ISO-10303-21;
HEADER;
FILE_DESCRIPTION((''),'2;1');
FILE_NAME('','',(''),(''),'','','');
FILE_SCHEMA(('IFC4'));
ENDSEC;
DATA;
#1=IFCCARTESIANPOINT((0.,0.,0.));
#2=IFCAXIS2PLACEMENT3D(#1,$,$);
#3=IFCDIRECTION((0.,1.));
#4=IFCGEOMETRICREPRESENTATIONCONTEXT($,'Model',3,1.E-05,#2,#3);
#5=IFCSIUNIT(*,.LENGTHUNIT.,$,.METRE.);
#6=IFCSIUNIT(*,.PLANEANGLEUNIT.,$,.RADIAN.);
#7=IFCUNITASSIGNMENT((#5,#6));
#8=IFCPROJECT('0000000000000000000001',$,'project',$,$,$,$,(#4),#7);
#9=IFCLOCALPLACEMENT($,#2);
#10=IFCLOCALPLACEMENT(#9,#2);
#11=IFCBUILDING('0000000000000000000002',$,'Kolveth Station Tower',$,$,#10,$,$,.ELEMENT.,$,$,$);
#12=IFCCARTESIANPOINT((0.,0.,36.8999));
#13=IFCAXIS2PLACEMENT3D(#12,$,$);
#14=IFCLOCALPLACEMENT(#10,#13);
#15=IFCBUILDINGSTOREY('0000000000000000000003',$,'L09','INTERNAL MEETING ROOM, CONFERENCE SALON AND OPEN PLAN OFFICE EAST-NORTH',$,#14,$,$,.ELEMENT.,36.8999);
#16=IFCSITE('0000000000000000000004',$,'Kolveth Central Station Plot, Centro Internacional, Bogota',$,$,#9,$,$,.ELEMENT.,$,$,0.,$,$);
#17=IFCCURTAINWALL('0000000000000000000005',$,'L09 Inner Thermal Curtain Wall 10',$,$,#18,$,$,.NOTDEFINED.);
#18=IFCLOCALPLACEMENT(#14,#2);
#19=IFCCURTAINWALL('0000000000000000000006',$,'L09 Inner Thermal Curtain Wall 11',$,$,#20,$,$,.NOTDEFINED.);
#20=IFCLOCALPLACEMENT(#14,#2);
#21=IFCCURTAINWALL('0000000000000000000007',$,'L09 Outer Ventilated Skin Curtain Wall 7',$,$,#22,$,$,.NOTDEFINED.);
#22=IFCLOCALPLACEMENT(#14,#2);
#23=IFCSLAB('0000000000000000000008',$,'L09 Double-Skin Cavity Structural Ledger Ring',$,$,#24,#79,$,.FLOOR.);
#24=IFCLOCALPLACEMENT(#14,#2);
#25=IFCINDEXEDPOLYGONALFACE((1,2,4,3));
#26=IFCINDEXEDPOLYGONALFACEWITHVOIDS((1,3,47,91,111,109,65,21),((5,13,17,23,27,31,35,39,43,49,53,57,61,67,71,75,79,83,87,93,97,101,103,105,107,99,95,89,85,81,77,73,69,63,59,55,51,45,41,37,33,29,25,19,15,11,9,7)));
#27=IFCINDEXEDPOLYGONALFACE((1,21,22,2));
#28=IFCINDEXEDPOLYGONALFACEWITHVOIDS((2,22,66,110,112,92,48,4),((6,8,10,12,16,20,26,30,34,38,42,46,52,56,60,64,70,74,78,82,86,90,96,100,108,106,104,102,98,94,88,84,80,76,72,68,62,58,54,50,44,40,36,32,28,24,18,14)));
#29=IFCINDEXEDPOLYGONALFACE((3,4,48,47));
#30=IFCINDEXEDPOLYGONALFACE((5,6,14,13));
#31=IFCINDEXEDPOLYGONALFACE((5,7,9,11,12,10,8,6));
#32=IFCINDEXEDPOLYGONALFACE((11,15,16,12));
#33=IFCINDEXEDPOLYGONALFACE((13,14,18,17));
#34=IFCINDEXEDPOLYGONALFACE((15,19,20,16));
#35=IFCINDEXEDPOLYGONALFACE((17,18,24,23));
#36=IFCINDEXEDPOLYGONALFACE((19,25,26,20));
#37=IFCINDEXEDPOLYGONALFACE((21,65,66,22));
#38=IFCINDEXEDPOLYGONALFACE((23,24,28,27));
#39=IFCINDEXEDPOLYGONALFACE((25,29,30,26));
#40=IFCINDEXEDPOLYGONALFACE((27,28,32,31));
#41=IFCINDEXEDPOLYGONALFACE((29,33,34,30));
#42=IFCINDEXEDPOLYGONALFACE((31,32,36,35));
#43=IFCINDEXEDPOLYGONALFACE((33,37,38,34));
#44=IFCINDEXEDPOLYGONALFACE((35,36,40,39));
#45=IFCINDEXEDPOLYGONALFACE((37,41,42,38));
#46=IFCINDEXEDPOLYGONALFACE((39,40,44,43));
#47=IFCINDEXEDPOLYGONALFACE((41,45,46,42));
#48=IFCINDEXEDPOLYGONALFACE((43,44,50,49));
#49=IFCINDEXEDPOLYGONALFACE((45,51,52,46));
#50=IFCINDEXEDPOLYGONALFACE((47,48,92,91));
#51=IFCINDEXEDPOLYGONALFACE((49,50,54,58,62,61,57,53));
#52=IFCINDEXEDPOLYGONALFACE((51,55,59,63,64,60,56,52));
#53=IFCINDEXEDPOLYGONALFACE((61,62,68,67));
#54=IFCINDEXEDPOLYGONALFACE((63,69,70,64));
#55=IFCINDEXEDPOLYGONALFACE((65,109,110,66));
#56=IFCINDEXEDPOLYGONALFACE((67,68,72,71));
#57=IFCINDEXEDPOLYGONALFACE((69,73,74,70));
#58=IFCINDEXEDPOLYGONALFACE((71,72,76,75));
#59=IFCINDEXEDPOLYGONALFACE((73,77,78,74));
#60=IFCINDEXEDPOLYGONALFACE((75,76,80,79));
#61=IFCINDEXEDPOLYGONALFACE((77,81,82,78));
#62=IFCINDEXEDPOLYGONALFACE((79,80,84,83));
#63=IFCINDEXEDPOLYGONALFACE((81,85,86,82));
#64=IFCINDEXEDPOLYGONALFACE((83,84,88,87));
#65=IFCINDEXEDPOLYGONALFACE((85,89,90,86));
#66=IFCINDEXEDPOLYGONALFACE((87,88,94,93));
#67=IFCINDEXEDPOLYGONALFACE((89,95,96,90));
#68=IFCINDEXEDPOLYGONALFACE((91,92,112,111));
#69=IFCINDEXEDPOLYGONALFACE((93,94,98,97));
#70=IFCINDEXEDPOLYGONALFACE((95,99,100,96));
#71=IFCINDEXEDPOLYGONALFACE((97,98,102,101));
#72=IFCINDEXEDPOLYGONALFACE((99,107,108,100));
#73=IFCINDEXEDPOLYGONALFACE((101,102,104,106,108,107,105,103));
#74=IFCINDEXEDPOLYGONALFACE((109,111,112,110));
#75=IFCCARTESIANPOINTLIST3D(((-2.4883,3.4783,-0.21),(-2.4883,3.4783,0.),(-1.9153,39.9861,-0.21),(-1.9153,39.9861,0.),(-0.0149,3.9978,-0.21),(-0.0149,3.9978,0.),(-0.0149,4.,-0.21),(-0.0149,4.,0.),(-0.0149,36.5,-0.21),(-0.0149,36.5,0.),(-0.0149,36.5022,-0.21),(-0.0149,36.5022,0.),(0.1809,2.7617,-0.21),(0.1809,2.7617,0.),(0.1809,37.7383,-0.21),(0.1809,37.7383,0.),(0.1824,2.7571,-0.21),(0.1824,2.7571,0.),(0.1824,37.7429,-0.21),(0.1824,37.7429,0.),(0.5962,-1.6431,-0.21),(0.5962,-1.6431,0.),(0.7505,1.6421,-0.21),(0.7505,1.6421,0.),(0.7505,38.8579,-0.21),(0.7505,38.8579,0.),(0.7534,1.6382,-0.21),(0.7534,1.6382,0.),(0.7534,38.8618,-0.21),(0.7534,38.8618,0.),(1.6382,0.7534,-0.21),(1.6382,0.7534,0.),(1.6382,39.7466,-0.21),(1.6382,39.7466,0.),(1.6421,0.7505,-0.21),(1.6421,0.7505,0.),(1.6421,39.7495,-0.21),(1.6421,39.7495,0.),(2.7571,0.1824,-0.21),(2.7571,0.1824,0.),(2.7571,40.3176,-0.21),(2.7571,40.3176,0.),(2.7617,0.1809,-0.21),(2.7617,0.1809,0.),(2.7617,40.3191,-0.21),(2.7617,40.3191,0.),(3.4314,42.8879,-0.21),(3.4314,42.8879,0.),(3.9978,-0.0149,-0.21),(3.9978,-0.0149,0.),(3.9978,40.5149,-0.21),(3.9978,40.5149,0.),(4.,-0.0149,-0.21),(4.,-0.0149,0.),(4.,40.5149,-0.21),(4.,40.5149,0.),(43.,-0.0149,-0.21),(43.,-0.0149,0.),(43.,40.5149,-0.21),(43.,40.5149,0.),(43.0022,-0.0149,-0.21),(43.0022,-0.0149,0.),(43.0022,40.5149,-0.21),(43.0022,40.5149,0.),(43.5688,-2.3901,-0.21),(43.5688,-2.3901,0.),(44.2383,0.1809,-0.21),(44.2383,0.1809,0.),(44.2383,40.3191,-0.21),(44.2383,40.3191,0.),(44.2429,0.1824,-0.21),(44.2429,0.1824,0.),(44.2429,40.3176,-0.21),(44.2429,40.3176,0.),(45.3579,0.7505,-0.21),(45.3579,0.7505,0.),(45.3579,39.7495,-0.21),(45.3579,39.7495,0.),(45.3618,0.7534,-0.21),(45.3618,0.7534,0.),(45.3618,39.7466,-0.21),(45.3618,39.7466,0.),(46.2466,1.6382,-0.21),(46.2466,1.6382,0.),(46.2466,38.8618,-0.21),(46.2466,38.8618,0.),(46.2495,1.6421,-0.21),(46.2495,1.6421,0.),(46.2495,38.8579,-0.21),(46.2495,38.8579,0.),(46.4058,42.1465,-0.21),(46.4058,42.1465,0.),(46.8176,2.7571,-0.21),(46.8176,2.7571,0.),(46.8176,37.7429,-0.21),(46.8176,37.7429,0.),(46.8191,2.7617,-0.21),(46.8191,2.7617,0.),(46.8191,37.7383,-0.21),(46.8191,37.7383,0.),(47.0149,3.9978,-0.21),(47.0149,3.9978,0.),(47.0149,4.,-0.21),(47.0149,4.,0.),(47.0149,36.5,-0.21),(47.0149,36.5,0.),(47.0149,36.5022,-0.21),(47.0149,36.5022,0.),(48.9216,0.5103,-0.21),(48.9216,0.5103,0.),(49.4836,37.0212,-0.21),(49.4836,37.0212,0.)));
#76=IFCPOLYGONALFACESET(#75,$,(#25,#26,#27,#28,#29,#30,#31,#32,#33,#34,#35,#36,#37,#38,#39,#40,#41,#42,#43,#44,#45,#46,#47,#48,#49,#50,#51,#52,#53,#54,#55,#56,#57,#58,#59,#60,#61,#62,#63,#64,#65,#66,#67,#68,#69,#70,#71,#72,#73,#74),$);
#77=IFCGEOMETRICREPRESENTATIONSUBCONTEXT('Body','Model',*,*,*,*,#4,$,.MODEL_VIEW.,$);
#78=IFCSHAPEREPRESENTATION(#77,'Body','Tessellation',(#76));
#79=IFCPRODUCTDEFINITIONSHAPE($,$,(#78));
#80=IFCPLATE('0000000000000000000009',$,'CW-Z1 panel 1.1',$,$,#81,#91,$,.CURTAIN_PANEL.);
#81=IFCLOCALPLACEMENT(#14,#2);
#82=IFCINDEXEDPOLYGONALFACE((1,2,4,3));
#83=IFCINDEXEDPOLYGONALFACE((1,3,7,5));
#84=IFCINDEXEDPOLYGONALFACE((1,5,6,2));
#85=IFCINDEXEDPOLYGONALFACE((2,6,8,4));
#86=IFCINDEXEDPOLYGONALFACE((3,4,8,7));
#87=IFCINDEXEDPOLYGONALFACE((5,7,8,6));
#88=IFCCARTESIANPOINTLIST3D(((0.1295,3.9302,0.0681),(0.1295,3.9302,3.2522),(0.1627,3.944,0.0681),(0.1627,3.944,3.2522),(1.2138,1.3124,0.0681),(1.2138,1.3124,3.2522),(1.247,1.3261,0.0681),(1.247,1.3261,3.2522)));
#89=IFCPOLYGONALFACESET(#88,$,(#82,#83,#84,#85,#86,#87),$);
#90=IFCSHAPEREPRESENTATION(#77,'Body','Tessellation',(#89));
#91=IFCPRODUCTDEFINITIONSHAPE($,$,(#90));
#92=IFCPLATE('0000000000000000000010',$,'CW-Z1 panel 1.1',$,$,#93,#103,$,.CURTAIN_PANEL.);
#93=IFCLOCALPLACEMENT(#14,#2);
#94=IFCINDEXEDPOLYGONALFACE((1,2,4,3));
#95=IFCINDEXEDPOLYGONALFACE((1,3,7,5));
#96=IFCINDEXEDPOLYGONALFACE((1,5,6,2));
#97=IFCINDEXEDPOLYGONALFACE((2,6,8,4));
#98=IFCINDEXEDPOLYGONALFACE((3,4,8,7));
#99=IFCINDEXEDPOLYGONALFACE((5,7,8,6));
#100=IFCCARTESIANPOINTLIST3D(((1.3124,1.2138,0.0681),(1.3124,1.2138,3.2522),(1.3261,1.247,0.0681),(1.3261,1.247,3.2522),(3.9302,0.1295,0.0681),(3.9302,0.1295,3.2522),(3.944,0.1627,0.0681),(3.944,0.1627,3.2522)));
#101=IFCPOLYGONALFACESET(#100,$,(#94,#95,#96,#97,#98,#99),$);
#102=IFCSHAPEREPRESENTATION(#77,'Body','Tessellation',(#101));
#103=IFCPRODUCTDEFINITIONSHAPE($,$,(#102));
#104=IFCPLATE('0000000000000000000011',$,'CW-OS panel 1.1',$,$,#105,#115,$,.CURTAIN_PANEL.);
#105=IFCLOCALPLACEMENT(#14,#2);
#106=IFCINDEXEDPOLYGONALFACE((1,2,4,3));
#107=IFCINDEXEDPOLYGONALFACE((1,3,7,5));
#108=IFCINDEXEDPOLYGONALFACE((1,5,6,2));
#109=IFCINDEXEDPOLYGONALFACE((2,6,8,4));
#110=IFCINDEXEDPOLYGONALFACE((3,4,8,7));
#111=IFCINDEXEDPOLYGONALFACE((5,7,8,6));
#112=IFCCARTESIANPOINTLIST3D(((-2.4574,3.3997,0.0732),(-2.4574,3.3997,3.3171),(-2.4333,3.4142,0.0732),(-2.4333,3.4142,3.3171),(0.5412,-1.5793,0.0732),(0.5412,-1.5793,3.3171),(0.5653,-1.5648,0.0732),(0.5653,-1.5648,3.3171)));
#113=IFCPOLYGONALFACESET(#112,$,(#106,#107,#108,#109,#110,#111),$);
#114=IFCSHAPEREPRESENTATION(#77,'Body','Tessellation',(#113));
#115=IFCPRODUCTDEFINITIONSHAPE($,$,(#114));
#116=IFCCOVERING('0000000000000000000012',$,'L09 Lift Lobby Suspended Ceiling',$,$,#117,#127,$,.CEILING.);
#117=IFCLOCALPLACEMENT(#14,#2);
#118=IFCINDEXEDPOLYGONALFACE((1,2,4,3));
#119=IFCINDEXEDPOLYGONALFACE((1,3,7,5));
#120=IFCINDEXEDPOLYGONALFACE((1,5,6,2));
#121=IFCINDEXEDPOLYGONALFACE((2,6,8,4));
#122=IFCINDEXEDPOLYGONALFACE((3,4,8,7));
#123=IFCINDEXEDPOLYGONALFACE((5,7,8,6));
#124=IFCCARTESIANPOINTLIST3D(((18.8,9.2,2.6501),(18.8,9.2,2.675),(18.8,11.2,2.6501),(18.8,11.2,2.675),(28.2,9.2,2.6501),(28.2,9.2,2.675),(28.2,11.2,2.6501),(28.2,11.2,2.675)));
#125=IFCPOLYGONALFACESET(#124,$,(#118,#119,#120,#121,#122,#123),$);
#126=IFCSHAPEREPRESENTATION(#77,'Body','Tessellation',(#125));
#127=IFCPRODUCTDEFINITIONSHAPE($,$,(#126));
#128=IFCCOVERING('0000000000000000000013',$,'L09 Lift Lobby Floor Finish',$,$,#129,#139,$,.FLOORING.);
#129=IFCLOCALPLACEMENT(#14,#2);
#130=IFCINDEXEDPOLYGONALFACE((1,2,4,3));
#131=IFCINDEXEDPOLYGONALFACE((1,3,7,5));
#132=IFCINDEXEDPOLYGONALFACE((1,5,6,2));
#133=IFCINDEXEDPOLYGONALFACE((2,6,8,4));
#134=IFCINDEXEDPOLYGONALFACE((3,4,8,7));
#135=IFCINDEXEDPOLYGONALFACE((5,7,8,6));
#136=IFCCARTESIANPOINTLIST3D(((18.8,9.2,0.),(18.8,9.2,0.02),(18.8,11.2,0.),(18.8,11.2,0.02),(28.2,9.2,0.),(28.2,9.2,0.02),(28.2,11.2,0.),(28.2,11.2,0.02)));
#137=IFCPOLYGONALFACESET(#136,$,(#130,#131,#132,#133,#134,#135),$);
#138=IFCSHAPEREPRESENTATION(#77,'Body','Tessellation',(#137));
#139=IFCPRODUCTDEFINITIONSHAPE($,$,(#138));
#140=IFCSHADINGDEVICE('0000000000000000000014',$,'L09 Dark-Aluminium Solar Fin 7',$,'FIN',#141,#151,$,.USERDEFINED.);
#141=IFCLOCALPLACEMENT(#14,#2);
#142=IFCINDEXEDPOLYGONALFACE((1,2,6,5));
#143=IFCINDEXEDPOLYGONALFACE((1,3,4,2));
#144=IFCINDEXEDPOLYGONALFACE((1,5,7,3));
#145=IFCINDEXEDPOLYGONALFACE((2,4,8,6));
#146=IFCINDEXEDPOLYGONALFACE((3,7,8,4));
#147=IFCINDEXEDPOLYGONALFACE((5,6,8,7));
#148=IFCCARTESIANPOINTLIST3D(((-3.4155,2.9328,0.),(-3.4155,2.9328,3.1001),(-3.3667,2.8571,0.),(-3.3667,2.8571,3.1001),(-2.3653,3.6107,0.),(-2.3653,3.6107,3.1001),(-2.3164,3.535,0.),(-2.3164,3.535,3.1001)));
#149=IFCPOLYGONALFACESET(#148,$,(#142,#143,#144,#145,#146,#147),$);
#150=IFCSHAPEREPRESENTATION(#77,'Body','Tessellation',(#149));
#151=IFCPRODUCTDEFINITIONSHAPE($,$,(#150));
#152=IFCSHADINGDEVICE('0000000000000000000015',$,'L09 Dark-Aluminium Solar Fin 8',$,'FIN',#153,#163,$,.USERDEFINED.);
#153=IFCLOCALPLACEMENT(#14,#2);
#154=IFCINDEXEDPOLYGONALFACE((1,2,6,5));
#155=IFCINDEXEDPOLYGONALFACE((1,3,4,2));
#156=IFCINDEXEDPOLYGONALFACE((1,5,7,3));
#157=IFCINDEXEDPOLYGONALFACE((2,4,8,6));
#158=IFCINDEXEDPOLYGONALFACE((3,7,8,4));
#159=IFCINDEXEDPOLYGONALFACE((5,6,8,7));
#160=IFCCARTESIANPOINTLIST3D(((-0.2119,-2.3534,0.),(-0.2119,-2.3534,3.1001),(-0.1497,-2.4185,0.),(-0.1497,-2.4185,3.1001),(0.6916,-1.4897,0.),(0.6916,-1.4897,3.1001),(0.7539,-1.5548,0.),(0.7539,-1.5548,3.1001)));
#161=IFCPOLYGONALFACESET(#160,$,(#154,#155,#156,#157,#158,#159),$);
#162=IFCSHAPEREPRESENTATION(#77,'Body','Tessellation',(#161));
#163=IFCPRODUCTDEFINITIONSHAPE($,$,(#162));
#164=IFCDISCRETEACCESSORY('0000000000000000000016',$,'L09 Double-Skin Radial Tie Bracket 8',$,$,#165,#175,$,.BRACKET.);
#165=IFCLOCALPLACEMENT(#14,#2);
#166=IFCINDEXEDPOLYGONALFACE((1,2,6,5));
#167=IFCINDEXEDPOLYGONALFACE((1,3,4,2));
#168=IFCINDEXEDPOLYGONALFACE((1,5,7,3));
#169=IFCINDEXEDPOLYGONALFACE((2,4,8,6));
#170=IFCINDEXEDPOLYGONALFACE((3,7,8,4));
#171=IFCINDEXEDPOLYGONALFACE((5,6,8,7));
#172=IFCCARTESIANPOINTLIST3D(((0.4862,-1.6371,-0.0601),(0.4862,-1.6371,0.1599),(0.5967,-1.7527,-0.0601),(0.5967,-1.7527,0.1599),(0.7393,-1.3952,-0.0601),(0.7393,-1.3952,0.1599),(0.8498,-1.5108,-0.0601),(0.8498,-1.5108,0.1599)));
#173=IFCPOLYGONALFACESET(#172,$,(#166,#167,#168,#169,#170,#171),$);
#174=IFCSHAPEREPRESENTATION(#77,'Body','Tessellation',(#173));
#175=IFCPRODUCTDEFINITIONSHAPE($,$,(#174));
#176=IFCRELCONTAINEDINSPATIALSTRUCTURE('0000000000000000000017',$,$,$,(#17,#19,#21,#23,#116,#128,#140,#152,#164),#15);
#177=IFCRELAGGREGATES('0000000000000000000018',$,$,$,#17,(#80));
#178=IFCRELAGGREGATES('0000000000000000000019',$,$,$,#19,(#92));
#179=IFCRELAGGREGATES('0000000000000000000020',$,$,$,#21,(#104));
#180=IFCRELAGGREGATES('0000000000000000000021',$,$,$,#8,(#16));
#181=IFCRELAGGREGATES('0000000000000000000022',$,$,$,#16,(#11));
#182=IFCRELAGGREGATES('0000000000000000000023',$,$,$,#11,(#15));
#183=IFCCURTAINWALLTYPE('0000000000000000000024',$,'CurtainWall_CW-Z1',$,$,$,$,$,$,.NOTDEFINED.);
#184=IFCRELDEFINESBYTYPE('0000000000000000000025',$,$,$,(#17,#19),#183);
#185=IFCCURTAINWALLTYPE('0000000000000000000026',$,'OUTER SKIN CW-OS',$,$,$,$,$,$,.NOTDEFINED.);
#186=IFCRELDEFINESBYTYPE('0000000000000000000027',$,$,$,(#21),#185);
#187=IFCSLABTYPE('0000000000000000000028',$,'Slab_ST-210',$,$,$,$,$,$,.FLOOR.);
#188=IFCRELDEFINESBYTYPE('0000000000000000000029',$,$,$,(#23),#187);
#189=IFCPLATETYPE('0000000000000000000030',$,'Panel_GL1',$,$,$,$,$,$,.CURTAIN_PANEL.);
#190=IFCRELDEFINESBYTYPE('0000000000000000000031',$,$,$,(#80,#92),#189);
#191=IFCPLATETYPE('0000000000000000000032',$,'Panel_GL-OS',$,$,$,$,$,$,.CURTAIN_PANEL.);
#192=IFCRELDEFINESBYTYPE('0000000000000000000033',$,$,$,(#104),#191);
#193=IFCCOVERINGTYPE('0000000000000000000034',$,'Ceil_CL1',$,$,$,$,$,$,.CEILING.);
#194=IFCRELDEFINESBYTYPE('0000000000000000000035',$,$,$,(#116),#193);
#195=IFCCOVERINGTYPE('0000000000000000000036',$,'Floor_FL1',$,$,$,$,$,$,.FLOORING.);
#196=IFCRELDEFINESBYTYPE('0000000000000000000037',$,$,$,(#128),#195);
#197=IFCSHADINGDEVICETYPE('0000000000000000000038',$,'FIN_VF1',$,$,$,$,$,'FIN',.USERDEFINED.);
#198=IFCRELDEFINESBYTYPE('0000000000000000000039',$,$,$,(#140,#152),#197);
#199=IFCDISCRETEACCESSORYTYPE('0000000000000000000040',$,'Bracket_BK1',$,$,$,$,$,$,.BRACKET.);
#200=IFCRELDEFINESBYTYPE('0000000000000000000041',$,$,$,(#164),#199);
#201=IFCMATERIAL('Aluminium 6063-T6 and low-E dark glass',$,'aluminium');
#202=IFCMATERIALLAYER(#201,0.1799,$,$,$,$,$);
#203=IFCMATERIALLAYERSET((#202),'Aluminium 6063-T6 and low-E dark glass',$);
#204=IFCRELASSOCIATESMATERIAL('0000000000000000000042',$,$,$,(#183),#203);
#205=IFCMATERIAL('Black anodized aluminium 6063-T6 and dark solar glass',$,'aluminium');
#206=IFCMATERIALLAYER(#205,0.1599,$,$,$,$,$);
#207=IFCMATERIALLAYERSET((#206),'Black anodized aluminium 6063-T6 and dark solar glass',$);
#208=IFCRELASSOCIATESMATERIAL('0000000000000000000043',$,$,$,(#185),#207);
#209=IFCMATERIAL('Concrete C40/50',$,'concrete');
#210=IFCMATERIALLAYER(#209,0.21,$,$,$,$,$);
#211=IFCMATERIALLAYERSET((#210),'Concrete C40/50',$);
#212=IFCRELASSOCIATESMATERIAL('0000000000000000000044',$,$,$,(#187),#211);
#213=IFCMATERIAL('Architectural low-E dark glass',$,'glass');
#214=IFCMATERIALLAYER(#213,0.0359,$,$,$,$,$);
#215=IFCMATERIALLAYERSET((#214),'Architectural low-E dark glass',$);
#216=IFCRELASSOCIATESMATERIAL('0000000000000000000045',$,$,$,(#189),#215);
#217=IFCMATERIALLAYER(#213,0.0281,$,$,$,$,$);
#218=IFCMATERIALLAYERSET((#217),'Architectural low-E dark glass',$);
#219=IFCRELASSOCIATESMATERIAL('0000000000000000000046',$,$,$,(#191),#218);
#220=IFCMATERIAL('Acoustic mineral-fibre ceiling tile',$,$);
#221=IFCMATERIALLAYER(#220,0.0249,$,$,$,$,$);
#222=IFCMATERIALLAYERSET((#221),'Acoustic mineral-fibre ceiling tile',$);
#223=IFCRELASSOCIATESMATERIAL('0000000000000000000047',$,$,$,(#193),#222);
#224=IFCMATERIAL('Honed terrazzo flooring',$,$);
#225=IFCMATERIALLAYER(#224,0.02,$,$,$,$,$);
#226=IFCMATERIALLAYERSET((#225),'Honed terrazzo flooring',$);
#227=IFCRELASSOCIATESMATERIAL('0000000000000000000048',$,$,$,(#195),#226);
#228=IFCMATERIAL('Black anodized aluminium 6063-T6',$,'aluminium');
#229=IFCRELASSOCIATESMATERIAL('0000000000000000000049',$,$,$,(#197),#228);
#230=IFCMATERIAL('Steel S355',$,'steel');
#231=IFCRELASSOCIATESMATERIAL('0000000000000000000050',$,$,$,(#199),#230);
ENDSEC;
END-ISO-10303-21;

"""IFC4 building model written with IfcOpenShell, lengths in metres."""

from ifc_helpers import new_model, si_unit, direction, frame, origin, origin_2d, place, context, subcontext, project, spatial, polyline, rectangle, outline, extrude, source, transform, mapped, material, layer, layer_set, type_object, element, aggregate, save


model = new_model("IFC4")

# Units and contexts
model_context = context("Model", 3, precision=1e-05, world=origin(), true_north=direction((0.0, 1.0)))
body_context = subcontext(model_context, "Body", "Model", "MODEL_VIEW")
ifc_project = project(units=[si_unit("LENGTHUNIT", "METRE"), si_unit("PLANEANGLEUNIT", "RADIAN")], contexts=[model_context])

# Site, building, storey
site_placement = place(None, origin())
site = spatial("IfcSite", under=ifc_project, at=site_placement, Name="Kolveth Central Station Plot, Centro Internacional, Bogota", CompositionType="ELEMENT", RefElevation=0.0)
building_placement = place(site_placement, origin())
building = spatial("IfcBuilding", under=site, at=building_placement, Name="Kolveth Station Tower", CompositionType="ELEMENT")
storey_placement = place(building_placement, frame((0.0, 0.0, 36.8999)))
storey = spatial("IfcBuildingStorey", under=building, at=storey_placement, Name="L09", Description="INTERNAL MEETING ROOM, CONFERENCE SALON AND OPEN PLAN OFFICE EAST-NORTH", CompositionType="ELEMENT", Elevation=36.8999)

# Shared definitions
ifc_material_1 = material(Name="Steel S355", Category="steel")

# Curtain wall
ifc_material_2 = material(Name="Aluminium 6063-T6 and low-E dark glass", Category="aluminium")
ifc_layer_1 = layer(ifc_material_2, 0.1799)
ifc_layer_set_1 = layer_set([ifc_layer_1], Name="Aluminium 6063-T6 and low-E dark glass")
curtain_wall_type_1 = type_object("IfcCurtainWallType", Name="CurtainWall_CW-Z1", PredefinedType="NOTDEFINED", material=ifc_layer_set_1)
curtain_wall_1_placement = place(storey_placement, origin())
curtain_wall_1 = element("IfcCurtainWall", 1, at=curtain_wall_1_placement, inside=storey, type_object=curtain_wall_type_1, Name="L09 Inner Thermal Curtain Wall 10", PredefinedType="NOTDEFINED")
ifc_material_3 = material(Name="Black anodized aluminium 6063-T6", Category="aluminium")

# Curtain wall
curtain_wall_2_placement = place(storey_placement, origin())
curtain_wall_2 = element("IfcCurtainWall", 2, at=curtain_wall_2_placement, inside=storey, type_object=curtain_wall_type_1, Name="L09 Inner Thermal Curtain Wall 11", PredefinedType="NOTDEFINED")

# Curtain wall
ifc_material_4 = material(Name="Black anodized aluminium 6063-T6 and dark solar glass", Category="aluminium")
ifc_layer_2 = layer(ifc_material_4, 0.1599)
ifc_layer_set_2 = layer_set([ifc_layer_2], Name="Black anodized aluminium 6063-T6 and dark solar glass")
curtain_wall_type_2 = type_object("IfcCurtainWallType", Name="OUTER SKIN CW-OS", PredefinedType="NOTDEFINED", material=ifc_layer_set_2)
curtain_wall_3_placement = place(storey_placement, origin())
curtain_wall_3 = element("IfcCurtainWall", 3, at=curtain_wall_3_placement, inside=storey, type_object=curtain_wall_type_2, Name="L09 Outer Ventilated Skin Curtain Wall 7", PredefinedType="NOTDEFINED")

# Shared definitions
ifc_material_5 = material(Name="Concrete C40/50", Category="concrete")

# Slab
ifc_layer_3 = layer(ifc_material_5, 0.21)
ifc_layer_set_3 = layer_set([ifc_layer_3], Name="Concrete C40/50")
slab_type_1 = type_object("IfcSlabType", Name="Slab_ST-210", PredefinedType="FLOOR", material=ifc_layer_set_3)
slab_1_placement = place(storey_placement, frame((0.0, 0.0, -0.21)))
element("IfcSlab", 4, at=slab_1_placement, inside=storey, type_object=slab_type_1, Name="L09 Double-Skin Cavity Structural Ledger Ring", PredefinedType="FLOOR", context=body_context, shape_type="SweptSolid", body=[
    extrude(outline(polyline([(0.5962, -1.6431), (-2.4883, 3.4783), (-1.9153, 39.9861), (3.4314, 42.8879), (46.4058, 42.1465), (49.4836, 37.0212), (48.9216, 0.5103), (43.5688, -2.3901), (0.5962, -1.6431)]), holes=[polyline([(43.0022, -0.0149), (44.2383, 0.1809), (44.2429, 0.1824), (45.3579, 0.7505), (45.3618, 0.7534), (46.2466, 1.6382), (46.2495, 1.6421), (46.8176, 2.7571), (46.8191, 2.7617), (47.0149, 3.9978), (47.0149, 4.0), (47.0149, 36.5), (47.0149, 36.5022), (46.8191, 37.7383), (46.8176, 37.7429), (46.2495, 38.8579), (46.2466, 38.8618), (45.3618, 39.7466), (45.3579, 39.7495), (44.2429, 40.3176), (44.2383, 40.3191), (43.0022, 40.5149), (43.0, 40.5149), (4.0, 40.5149), (3.9978, 40.5149), (2.7617, 40.3191), (2.7571, 40.3176), (1.6421, 39.7495), (1.6382, 39.7466), (0.7534, 38.8618), (0.7505, 38.8579), (0.1824, 37.7429), (0.1809, 37.7383), (-0.0149, 36.5022), (-0.0149, 36.5), (-0.0149, 4.0), (-0.0149, 3.9978), (0.1809, 2.7617), (0.1824, 2.7571), (0.7505, 1.6421), (0.7534, 1.6382), (1.6382, 0.7534), (1.6421, 0.7505), (2.7571, 0.1824), (2.7617, 0.1809), (3.9978, -0.0149), (4.0, -0.0149), (43.0, -0.0149), (43.0022, -0.0149)])]), origin(), (0.0, 0.0, 1.0), 0.21),
])

# Plates
ifc_material_6 = material(Name="Architectural low-E dark glass", Category="glass")
ifc_layer_4 = layer(ifc_material_6, 0.0359)
ifc_layer_set_4 = layer_set([ifc_layer_4], Name="Architectural low-E dark glass")
plate_type_1 = type_object("IfcPlateType", Name="Panel_GL1", PredefinedType="CURTAIN_PANEL", material=ifc_layer_set_4)
shared_shape_1 = source(origin(), body_context, "Body", "SweptSolid", [
    extrude(rectangle(XDim=2.8335, YDim=0.0359, at=origin_2d()), origin(), (0.0, 0.0, 1.0), 3.1841),
])
plate_1_placement = place(storey_placement, frame((0.6882, 2.6282, 0.0681), z_axis=(0.0, 0.0, 1.0), x_axis=(0.382673, -0.923884, 0.0)))
plate_1 = element("IfcPlate", 5, at=plate_1_placement, type_object=plate_type_1, Name="CW-Z1 panel 1.1", PredefinedType="CURTAIN_PANEL", context=body_context, shape_type="MappedRepresentation", body=[
    mapped(shared_shape_1, transform((0.0, 0.0, 0.0), x_axis=(1.0, 0.0, 0.0), y_axis=(0.0, 1.0, 0.0), z_axis=(0.0, 0.0, 1.0), scale=1.0)),
])
aggregate(curtain_wall_1, [plate_1])
plate_2_placement = place(storey_placement, frame((2.6282, 0.6882, 0.0681), z_axis=(0.0, 0.0, 1.0), x_axis=(0.923884, -0.382673, 0.0)))
plate_2 = element("IfcPlate", 6, at=plate_2_placement, type_object=plate_type_1, Name="CW-Z1 panel 1.1", PredefinedType="CURTAIN_PANEL", context=body_context, shape_type="MappedRepresentation", body=[
    mapped(shared_shape_1, transform((0.0, 0.0, 0.0), x_axis=(1.0, 0.0, 0.0), y_axis=(0.0, 1.0, 0.0), z_axis=(0.0, 0.0, 1.0), scale=1.0)),
])
aggregate(curtain_wall_2, [plate_2])
ifc_layer_5 = layer(ifc_material_6, 0.0281)
ifc_layer_set_5 = layer_set([ifc_layer_5], Name="Architectural low-E dark glass")
plate_type_2 = type_object("IfcPlateType", Name="Panel_GL-OS", PredefinedType="CURTAIN_PANEL", material=ifc_layer_set_5)
shared_shape_2 = source(origin(), body_context, "Body", "SweptSolid", [
    extrude(rectangle(XDim=5.8123, YDim=0.0281, at=origin_2d()), origin(), (0.0, 0.0, 1.0), 3.2439),
])
plate_3_placement = place(storey_placement, frame((-0.946, 0.9175, 0.0732), z_axis=(0.0, 0.0, 1.0), x_axis=(0.515912, -0.856642, 0.0)))
plate_3 = element("IfcPlate", 7, at=plate_3_placement, type_object=plate_type_2, Name="CW-OS panel 1.1", PredefinedType="CURTAIN_PANEL", context=body_context, shape_type="MappedRepresentation", body=[
    mapped(shared_shape_2, transform((0.0, 0.0, 0.0), x_axis=(1.0, 0.0, 0.0), y_axis=(0.0, 1.0, 0.0), z_axis=(0.0, 0.0, 1.0), scale=1.0)),
])
aggregate(curtain_wall_3, [plate_3])

# Coverings
ifc_material_7 = material(Name="Acoustic mineral-fibre ceiling tile")
ifc_layer_6 = layer(ifc_material_7, 0.0249)
ifc_layer_set_6 = layer_set([ifc_layer_6], Name="Acoustic mineral-fibre ceiling tile")
covering_type_1 = type_object("IfcCoveringType", Name="Ceil_CL1", PredefinedType="CEILING", material=ifc_layer_set_6)
covering_1_placement = place(storey_placement, frame((0.0, 0.0, 2.6501)))
element("IfcCovering", 8, at=covering_1_placement, inside=storey, type_object=covering_type_1, Name="L09 Lift Lobby Suspended Ceiling", PredefinedType="CEILING", context=body_context, shape_type="SweptSolid", body=[
    extrude(outline(polyline([(18.8, 9.2), (28.2, 9.2), (28.2, 11.2), (18.8, 11.2), (18.8, 9.2)])), origin(), (0.0, 0.0, 1.0), 0.0249),
])
ifc_material_8 = material(Name="Honed terrazzo flooring")
ifc_layer_7 = layer(ifc_material_8, 0.02)
ifc_layer_set_7 = layer_set([ifc_layer_7], Name="Honed terrazzo flooring")
covering_type_2 = type_object("IfcCoveringType", Name="Floor_FL1", PredefinedType="FLOORING", material=ifc_layer_set_7)
covering_2_placement = place(storey_placement, origin())
element("IfcCovering", 9, at=covering_2_placement, inside=storey, type_object=covering_type_2, Name="L09 Lift Lobby Floor Finish", PredefinedType="FLOORING", context=body_context, shape_type="SweptSolid", body=[
    extrude(outline(polyline([(18.8, 9.2), (28.2, 9.2), (28.2, 11.2), (18.8, 11.2), (18.8, 9.2)])), origin(), (0.0, 0.0, 1.0), 0.02),
])

# Shading devices
shading_device_type = type_object("IfcShadingDeviceType", Name="FIN_VF1", ElementType="FIN", PredefinedType="USERDEFINED", material=ifc_material_3)
shared_shape_3 = source(origin(), body_context, "Body", "SweptSolid", [
    extrude(rectangle(XDim=1.25, YDim=0.0901, at=origin_2d()), origin(), (0.0, 0.0, 1.0), 3.1001),
])
for number, where, z_axis, x_axis, name in (
    (10, (-2.866, 3.2339, 0.0), (0.0, 0.0, 1.0), (-0.840188, -0.542295, 0.0), "L09 Dark-Aluminium Solar Fin 7"),
    (11, (0.271, -1.9541, 0.0), (0.0, 0.0, 1.0), (-0.722847, -0.691009, 0.0), "L09 Dark-Aluminium Solar Fin 8"),
):
    element("IfcShadingDevice", number, at=place(storey_placement, frame(where, z_axis=z_axis, x_axis=x_axis)), inside=storey, type_object=shading_device_type, Name=name, ObjectType="FIN", PredefinedType="USERDEFINED", context=body_context, shape_type="MappedRepresentation", body=[
        mapped(shared_shape_3, transform((0.0, 0.0, 0.0), x_axis=(1.0, 0.0, 0.0), y_axis=(0.0, 1.0, 0.0), z_axis=(0.0, 0.0, 1.0), scale=1.0)),
    ])

# Discrete accessory
discrete_accessory_type = type_object("IfcDiscreteAccessoryType", Name="Bracket_BK1", PredefinedType="BRACKET", material=ifc_material_1)
shared_shape_4 = source(origin(), body_context, "Body", "SweptSolid", [
    extrude(rectangle(XDim=0.3501, YDim=0.1599, at=origin_2d()), origin(), (0.0, 0.0, 1.0), 0.22),
])
discrete_accessory_placement = place(storey_placement, frame((0.668, -1.574, -0.0601), z_axis=(0.0, 0.0, 1.0), x_axis=(-0.722847, -0.691009, 0.0)))
element("IfcDiscreteAccessory", 12, at=discrete_accessory_placement, inside=storey, type_object=discrete_accessory_type, Name="L09 Double-Skin Radial Tie Bracket 8", PredefinedType="BRACKET", context=body_context, shape_type="MappedRepresentation", body=[
    mapped(shared_shape_4, transform((0.0, 0.0, 0.0), x_axis=(1.0, 0.0, 0.0), y_axis=(0.0, 1.0, 0.0), z_axis=(0.0, 0.0, 1.0), scale=1.0)),
])

save(model, "model.ifc")
